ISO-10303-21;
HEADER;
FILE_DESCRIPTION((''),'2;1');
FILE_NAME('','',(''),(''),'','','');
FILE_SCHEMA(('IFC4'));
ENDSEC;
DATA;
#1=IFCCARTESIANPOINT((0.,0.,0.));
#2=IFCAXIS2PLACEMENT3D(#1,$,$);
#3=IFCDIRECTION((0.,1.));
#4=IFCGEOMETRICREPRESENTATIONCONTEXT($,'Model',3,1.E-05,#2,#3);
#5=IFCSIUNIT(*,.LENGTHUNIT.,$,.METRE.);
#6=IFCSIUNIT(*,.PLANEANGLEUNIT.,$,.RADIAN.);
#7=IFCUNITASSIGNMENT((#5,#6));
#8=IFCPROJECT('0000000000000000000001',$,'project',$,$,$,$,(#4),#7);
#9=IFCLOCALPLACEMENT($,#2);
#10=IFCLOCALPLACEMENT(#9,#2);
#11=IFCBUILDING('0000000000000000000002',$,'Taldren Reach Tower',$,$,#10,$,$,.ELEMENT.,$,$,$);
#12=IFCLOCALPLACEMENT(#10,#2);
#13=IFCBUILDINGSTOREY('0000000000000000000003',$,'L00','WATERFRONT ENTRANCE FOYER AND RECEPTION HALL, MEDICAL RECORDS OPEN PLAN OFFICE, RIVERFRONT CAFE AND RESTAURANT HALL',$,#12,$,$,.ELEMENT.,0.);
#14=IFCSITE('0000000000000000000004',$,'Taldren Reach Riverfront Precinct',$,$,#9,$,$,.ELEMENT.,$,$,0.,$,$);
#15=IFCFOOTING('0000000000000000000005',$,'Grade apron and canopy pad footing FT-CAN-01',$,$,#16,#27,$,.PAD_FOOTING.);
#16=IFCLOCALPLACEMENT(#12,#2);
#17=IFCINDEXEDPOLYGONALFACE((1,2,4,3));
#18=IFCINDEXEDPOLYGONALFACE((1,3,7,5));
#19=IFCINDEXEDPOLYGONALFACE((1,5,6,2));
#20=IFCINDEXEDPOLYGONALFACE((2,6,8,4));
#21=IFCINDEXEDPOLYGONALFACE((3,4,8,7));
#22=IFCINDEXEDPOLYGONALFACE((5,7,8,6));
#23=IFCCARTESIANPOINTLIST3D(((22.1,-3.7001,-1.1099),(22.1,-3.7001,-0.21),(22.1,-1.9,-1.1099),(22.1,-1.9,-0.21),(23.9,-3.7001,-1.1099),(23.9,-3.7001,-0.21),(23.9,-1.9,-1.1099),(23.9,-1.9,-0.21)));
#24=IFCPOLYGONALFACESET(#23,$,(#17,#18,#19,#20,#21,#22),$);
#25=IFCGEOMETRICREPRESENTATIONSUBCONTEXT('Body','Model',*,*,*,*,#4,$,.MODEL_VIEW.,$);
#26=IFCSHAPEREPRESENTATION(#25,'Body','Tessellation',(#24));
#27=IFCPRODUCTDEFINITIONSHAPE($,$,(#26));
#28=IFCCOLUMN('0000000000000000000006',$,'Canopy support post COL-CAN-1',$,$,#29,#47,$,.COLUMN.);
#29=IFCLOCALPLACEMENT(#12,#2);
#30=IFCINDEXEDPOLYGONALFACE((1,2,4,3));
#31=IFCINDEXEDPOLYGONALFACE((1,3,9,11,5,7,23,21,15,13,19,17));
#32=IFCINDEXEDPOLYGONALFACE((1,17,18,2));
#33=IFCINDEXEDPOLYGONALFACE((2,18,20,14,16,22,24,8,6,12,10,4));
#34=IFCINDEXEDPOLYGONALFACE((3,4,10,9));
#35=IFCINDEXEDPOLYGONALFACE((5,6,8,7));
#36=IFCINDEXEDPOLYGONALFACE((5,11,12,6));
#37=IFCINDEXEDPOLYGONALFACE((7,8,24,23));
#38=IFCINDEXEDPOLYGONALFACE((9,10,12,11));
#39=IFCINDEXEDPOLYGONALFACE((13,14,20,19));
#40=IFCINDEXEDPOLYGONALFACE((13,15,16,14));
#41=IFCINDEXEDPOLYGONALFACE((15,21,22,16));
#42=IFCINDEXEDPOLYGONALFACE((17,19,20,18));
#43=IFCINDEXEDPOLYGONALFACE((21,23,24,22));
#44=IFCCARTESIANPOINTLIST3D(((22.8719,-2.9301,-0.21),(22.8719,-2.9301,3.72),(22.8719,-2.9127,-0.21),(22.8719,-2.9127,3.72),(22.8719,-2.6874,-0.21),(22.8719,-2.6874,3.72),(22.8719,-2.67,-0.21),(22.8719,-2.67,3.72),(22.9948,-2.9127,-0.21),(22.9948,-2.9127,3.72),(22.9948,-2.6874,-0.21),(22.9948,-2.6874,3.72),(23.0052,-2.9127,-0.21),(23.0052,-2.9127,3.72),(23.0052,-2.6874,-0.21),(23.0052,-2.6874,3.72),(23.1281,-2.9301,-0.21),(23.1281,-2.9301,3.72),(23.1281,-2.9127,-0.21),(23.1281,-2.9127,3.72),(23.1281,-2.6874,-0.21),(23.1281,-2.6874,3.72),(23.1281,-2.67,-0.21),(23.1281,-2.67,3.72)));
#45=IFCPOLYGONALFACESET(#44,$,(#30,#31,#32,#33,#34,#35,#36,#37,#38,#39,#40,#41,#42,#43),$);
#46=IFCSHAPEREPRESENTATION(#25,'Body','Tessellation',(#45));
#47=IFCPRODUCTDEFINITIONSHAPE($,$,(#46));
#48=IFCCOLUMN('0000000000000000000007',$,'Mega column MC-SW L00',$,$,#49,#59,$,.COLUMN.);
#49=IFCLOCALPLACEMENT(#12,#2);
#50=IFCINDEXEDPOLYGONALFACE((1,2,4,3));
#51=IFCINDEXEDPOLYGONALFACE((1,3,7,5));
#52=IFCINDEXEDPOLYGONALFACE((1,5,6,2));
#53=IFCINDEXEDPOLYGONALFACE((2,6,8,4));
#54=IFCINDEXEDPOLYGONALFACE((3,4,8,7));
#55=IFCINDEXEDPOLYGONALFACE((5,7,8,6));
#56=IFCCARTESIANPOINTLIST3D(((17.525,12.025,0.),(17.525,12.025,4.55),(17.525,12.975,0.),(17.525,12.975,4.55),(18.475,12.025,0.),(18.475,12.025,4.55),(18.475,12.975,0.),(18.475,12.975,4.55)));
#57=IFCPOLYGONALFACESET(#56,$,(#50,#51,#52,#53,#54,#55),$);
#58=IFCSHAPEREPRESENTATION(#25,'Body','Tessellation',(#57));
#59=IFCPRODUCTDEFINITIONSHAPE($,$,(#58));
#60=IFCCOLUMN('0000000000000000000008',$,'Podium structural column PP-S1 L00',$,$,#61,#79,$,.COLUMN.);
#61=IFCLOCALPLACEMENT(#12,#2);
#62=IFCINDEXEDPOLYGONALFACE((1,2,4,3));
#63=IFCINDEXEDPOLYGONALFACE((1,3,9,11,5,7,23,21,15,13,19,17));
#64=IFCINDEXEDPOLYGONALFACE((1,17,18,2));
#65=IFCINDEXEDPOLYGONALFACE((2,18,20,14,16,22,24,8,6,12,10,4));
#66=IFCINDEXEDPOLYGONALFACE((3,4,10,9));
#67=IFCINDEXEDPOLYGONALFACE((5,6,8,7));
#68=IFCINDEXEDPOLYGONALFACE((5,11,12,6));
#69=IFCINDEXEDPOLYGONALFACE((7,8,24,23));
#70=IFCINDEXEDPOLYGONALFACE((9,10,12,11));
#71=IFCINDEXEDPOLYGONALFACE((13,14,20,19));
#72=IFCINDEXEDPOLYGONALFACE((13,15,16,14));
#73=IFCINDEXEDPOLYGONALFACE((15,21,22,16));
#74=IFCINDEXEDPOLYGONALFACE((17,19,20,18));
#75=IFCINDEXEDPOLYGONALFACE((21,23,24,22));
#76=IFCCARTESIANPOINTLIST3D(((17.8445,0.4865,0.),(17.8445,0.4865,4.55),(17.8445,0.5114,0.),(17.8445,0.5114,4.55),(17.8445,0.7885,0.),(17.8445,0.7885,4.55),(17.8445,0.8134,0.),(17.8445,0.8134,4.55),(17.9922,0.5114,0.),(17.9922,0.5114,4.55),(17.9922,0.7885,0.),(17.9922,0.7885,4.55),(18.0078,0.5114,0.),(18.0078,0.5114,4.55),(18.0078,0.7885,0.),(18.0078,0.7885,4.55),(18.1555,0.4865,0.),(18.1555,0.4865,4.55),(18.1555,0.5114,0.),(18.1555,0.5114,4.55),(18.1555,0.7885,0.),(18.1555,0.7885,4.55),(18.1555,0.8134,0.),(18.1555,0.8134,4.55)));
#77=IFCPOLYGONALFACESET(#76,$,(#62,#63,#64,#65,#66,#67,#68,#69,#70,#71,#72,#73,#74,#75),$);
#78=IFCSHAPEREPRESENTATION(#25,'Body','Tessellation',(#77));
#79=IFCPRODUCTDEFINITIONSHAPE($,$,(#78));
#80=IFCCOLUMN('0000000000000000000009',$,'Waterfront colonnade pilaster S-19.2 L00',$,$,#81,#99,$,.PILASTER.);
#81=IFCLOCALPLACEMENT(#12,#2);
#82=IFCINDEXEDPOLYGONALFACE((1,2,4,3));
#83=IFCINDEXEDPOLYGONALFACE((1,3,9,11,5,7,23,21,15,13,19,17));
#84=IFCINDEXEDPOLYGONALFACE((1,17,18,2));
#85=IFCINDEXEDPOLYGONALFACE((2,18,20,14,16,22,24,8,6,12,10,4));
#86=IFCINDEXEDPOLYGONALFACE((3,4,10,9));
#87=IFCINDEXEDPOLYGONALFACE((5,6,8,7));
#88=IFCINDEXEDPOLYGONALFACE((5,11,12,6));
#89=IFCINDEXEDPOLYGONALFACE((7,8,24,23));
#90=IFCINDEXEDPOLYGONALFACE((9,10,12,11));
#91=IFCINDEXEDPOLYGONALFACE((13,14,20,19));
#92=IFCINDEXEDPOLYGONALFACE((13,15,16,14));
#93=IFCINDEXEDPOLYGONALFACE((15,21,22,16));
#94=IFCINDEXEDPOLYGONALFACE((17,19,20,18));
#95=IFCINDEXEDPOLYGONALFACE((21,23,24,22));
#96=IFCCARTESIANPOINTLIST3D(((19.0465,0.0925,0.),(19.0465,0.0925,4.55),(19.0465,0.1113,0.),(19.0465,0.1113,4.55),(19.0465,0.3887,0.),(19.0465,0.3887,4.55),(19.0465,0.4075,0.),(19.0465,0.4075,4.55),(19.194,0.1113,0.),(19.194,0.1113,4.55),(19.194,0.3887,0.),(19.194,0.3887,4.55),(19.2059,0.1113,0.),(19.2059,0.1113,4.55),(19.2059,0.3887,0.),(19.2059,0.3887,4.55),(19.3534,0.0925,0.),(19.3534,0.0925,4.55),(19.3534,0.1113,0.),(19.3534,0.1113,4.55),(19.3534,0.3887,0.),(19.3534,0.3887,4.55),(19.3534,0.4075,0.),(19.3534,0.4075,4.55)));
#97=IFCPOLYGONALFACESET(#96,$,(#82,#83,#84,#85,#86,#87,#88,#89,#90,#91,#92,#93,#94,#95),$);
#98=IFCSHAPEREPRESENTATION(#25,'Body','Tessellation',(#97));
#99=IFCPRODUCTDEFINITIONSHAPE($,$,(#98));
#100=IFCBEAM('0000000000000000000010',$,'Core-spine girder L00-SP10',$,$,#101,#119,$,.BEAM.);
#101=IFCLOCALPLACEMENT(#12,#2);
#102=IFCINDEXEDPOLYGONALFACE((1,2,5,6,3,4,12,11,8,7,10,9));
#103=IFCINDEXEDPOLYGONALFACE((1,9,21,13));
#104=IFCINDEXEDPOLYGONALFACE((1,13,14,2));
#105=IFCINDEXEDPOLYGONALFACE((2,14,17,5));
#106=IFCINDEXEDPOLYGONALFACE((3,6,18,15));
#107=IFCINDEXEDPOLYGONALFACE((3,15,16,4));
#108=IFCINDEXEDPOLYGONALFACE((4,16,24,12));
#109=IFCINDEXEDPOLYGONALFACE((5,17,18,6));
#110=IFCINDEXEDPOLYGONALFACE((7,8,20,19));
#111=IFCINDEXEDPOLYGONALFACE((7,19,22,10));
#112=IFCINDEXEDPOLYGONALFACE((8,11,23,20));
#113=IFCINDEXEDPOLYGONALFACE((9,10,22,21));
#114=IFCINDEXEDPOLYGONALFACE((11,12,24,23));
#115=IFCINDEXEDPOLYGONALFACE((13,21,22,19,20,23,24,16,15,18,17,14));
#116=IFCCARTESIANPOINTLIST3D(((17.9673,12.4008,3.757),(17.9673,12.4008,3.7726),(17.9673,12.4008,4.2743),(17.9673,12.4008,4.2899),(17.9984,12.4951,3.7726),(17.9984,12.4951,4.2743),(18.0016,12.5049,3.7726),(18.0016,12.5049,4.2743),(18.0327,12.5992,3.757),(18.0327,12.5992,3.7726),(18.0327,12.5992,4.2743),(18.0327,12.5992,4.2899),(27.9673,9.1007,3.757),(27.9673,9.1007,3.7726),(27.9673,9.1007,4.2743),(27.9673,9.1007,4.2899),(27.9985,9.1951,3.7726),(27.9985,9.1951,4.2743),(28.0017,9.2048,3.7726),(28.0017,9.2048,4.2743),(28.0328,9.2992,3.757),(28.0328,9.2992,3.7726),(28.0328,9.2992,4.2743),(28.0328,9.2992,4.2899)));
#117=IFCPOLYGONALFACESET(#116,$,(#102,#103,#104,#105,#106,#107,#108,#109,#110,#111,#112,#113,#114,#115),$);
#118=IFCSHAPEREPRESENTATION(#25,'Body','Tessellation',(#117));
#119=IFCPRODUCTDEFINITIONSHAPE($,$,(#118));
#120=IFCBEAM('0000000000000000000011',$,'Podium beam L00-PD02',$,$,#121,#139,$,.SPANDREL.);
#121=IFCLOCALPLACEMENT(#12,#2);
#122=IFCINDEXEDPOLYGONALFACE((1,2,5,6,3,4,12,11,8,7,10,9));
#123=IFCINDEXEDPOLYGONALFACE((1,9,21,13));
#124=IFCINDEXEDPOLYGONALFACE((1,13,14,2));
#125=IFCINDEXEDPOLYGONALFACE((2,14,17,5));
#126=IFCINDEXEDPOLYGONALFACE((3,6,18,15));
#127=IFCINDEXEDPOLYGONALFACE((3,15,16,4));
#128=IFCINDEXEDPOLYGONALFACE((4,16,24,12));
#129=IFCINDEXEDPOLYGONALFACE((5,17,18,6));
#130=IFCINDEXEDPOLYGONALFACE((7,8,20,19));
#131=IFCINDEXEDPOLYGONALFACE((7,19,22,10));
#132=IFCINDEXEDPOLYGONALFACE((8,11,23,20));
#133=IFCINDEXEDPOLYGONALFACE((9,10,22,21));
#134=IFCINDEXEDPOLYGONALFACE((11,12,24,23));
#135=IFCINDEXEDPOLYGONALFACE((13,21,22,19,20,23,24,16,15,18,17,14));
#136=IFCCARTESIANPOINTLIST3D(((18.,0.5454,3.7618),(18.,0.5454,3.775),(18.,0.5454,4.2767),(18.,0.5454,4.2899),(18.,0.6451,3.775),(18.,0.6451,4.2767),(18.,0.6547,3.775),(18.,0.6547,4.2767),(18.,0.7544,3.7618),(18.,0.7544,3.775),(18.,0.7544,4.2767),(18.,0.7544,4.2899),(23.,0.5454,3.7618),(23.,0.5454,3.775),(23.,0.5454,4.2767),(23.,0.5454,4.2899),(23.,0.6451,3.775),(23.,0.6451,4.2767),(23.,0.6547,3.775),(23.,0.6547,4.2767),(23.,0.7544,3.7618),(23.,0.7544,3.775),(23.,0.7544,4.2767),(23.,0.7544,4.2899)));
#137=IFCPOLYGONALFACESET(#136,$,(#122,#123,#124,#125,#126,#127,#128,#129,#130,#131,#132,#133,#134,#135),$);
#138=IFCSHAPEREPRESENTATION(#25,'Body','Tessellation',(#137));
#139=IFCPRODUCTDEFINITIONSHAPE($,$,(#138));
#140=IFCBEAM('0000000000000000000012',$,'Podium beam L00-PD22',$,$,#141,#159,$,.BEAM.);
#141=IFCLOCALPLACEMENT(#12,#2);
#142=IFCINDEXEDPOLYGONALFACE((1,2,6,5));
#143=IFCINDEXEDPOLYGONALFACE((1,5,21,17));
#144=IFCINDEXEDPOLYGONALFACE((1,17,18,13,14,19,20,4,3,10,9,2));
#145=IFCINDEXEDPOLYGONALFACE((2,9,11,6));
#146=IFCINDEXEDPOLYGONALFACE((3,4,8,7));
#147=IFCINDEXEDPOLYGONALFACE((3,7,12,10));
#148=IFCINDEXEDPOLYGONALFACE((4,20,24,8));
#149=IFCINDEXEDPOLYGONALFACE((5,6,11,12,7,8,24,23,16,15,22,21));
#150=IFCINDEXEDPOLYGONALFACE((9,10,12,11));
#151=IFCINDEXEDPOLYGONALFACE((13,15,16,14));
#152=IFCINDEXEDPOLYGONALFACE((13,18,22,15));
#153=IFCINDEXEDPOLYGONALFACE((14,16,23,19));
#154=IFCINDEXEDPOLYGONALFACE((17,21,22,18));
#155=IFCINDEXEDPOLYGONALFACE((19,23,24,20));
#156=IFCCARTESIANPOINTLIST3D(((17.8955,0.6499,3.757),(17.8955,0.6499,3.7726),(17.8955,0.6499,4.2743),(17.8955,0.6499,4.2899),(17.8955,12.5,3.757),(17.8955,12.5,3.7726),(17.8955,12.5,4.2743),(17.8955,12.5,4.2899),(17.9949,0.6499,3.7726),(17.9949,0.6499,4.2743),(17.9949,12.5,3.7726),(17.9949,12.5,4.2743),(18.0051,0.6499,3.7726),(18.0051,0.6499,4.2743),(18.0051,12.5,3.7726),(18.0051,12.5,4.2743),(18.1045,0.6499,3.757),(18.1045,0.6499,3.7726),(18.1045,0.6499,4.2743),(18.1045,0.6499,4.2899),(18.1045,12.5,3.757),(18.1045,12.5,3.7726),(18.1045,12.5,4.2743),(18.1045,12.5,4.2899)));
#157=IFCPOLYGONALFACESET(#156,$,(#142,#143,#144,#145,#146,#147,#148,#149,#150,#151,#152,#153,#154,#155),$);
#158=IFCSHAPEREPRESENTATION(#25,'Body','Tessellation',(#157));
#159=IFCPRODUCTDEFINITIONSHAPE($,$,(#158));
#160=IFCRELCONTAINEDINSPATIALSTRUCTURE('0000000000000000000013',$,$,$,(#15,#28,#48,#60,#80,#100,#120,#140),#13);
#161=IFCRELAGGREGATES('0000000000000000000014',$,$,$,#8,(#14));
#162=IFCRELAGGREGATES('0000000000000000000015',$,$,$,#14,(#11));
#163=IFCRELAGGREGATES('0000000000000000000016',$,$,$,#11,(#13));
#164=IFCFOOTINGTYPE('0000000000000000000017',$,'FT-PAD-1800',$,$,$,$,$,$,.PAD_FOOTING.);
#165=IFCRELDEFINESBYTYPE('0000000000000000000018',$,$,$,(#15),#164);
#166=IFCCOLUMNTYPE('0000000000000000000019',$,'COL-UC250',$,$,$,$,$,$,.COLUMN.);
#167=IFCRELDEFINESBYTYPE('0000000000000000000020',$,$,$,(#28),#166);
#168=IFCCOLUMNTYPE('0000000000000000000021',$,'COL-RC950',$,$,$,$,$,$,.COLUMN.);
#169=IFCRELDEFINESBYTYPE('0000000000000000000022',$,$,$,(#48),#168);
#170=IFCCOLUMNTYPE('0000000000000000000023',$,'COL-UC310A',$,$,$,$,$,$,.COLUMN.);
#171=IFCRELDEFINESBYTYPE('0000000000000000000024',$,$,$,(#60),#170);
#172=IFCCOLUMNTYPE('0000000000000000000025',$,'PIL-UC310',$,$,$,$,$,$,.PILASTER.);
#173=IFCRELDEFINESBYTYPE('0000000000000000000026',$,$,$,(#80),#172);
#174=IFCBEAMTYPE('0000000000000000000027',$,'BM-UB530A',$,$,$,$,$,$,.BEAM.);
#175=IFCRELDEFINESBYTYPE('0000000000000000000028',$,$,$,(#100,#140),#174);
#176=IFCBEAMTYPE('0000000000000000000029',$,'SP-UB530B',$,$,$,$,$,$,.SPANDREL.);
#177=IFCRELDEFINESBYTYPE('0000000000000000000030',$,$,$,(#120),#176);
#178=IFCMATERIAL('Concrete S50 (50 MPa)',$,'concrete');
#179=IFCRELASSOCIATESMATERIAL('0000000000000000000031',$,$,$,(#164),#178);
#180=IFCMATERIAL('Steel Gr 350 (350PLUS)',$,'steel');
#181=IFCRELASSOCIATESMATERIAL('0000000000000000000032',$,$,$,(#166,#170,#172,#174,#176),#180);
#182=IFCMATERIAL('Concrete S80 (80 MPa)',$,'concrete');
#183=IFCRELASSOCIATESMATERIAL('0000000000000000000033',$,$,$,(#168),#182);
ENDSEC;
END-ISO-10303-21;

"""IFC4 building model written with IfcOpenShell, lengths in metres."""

from ifc_helpers import new_model, si_unit, direction, frame, origin, origin_2d, place, context, subcontext, project, spatial, rectangle, i_section, extrude, source, transform, mapped, material, material_profile, profile_set, type_object, element, save


model = new_model("IFC4")

# Units and contexts
model_context = context("Model", 3, precision=1e-05, world=origin(), true_north=direction((0.0, 1.0)))
body_context = subcontext(model_context, "Body", "Model", "MODEL_VIEW")
ifc_project = project(units=[si_unit("LENGTHUNIT", "METRE"), si_unit("PLANEANGLEUNIT", "RADIAN")], contexts=[model_context])

# Site, building, storey
site_placement = place(None, origin())
site = spatial("IfcSite", under=ifc_project, at=site_placement, Name="Taldren Reach Riverfront Precinct", CompositionType="ELEMENT", RefElevation=0.0)
building_placement = place(site_placement, origin())
building = spatial("IfcBuilding", under=site, at=building_placement, Name="Taldren Reach Tower", CompositionType="ELEMENT")
storey_placement = place(building_placement, origin())
storey = spatial("IfcBuildingStorey", under=building, at=storey_placement, Name="L00", Description="WATERFRONT ENTRANCE FOYER AND RECEPTION HALL, MEDICAL RECORDS OPEN PLAN OFFICE, RIVERFRONT CAFE AND RESTAURANT HALL", CompositionType="ELEMENT", Elevation=0.0)

# Footing
ifc_material_1 = material(Name="Concrete S50 (50 MPa)", Category="concrete")
footing_type = type_object("IfcFootingType", Name="FT-PAD-1800", PredefinedType="PAD_FOOTING", material=ifc_material_1)
shared_shape_1 = source(origin(), body_context, "Body", "SweptSolid", [
    extrude(rectangle(XDim=1.8, YDim=1.8, at=origin_2d()), origin(), (0.0, 0.0, 1.0), 0.8999),
])
footing_placement = place(storey_placement, frame((23.0, -2.8, -1.1099), z_axis=(0.0, 0.0, 1.0), x_axis=(1.0, 0.0, 0.0)))
element("IfcFooting", 1, at=footing_placement, inside=storey, type_object=footing_type, Name="Grade apron and canopy pad footing FT-CAN-01", PredefinedType="PAD_FOOTING", context=body_context, shape_type="MappedRepresentation", body=[
    mapped(shared_shape_1, transform((0.0, 0.0, 0.0), scale=1.0)),
])

# Columns
ifc_material_2 = material(Name="Steel Gr 350 (350PLUS)", Category="steel")
ifc_material_profile_1 = material_profile(ifc_material_2, i_section(OverallWidth=0.2561, OverallDepth=0.26, WebThickness=0.0105, FlangeThickness=0.0173, at=origin_2d()), Name="250UC89.5")
ifc_profile_set_1 = profile_set([ifc_material_profile_1], Name="Steel Gr 350 (350PLUS)")
column_type_1 = type_object("IfcColumnType", Name="COL-UC250", PredefinedType="COLUMN", material=ifc_profile_set_1)
shared_shape_2 = source(origin(), body_context, "Body", "SweptSolid", [
    extrude(i_section(OverallWidth=0.2561, OverallDepth=0.26, WebThickness=0.0105, FlangeThickness=0.0173, at=origin_2d()), origin(), (0.0, 0.0, 1.0), 3.9299),
])
column_1_placement = place(storey_placement, frame((23.0, -2.8, -0.21), z_axis=(0.0, 0.0, 1.0), x_axis=(1.0, 0.0, 0.0)))
element("IfcColumn", 2, at=column_1_placement, inside=storey, type_object=column_type_1, Name="Canopy support post COL-CAN-1", PredefinedType="COLUMN", context=body_context, shape_type="MappedRepresentation", body=[
    mapped(shared_shape_2, transform((0.0, 0.0, 0.0), scale=1.0)),
])
ifc_material_3 = material(Name="Concrete S80 (80 MPa)", Category="concrete")
ifc_material_profile_2 = material_profile(ifc_material_3, rectangle(XDim=0.95, YDim=0.95, at=origin_2d()), Name="RC-950x950")
ifc_profile_set_2 = profile_set([ifc_material_profile_2], Name="Concrete S80 (80 MPa)")
column_type_2 = type_object("IfcColumnType", Name="COL-RC950", PredefinedType="COLUMN", material=ifc_profile_set_2)
shared_shape_3 = source(origin(), body_context, "Body", "SweptSolid", [
    extrude(rectangle(XDim=0.95, YDim=0.95, at=origin_2d()), origin(), (0.0, 0.0, 1.0), 4.55),
])
column_2_placement = place(storey_placement, frame((18.0, 12.5, 0.0), z_axis=(0.0, 0.0, 1.0), x_axis=(1.0, 0.0, 0.0)))
element("IfcColumn", 3, at=column_2_placement, inside=storey, type_object=column_type_2, Name="Mega column MC-SW L00", PredefinedType="COLUMN", context=body_context, shape_type="MappedRepresentation", body=[
    mapped(shared_shape_3, transform((0.0, 0.0, 0.0), scale=1.0)),
])
ifc_material_profile_3 = material_profile(ifc_material_2, i_section(OverallWidth=0.311, OverallDepth=0.3269, WebThickness=0.0156, FlangeThickness=0.0249, at=origin_2d()), Name="310UC158")
ifc_profile_set_3 = profile_set([ifc_material_profile_3], Name="Steel Gr 350 (350PLUS)")
column_type_3 = type_object("IfcColumnType", Name="COL-UC310A", PredefinedType="COLUMN", material=ifc_profile_set_3)
shared_shape_4 = source(origin(), body_context, "Body", "SweptSolid", [
    extrude(i_section(OverallWidth=0.311, OverallDepth=0.3269, WebThickness=0.0156, FlangeThickness=0.0249, at=origin_2d()), origin(), (0.0, 0.0, 1.0), 4.55),
])
column_3_placement = place(storey_placement, frame((18.0, 0.6499, 0.0), z_axis=(0.0, 0.0, 1.0), x_axis=(1.0, 0.0, 0.0)))
element("IfcColumn", 4, at=column_3_placement, inside=storey, type_object=column_type_3, Name="Podium structural column PP-S1 L00", PredefinedType="COLUMN", context=body_context, shape_type="MappedRepresentation", body=[
    mapped(shared_shape_4, transform((0.0, 0.0, 0.0), scale=1.0)),
])
ifc_material_profile_4 = material_profile(ifc_material_2, i_section(OverallWidth=0.3069, OverallDepth=0.3149, WebThickness=0.012, FlangeThickness=0.0188, at=origin_2d()), Name="310UC118")
ifc_profile_set_4 = profile_set([ifc_material_profile_4], Name="Steel Gr 350 (350PLUS)")
column_type_4 = type_object("IfcColumnType", Name="PIL-UC310", PredefinedType="PILASTER", material=ifc_profile_set_4)
shared_shape_5 = source(origin(), body_context, "Body", "SweptSolid", [
    extrude(i_section(OverallWidth=0.3069, OverallDepth=0.3149, WebThickness=0.012, FlangeThickness=0.0188, at=origin_2d()), origin(), (0.0, 0.0, 1.0), 4.55),
])
column_4_placement = place(storey_placement, frame((19.2, 0.25, 0.0), z_axis=(0.0, 0.0, 1.0), x_axis=(1.0, 0.0, 0.0)))
element("IfcColumn", 5, at=column_4_placement, inside=storey, type_object=column_type_4, Name="Waterfront colonnade pilaster S-19.2 L00", PredefinedType="PILASTER", context=body_context, shape_type="MappedRepresentation", body=[
    mapped(shared_shape_5, transform((0.0, 0.0, 0.0), scale=1.0)),
])

# Beams
ifc_material_profile_5 = material_profile(ifc_material_2, i_section(OverallWidth=0.209, OverallDepth=0.533, WebThickness=0.0103, FlangeThickness=0.0156, at=origin_2d()), Name="530UB92.4")
ifc_profile_set_5 = profile_set([ifc_material_profile_5], Name="Steel Gr 350 (350PLUS)")
beam_type_1 = type_object("IfcBeamType", Name="BM-UB530A", PredefinedType="BEAM", material=ifc_profile_set_5)
shared_shape_6 = source(origin(), body_context, "Body", "SweptSolid", [
    extrude(i_section(OverallWidth=0.209, OverallDepth=0.533, WebThickness=0.0103, FlangeThickness=0.0156, at=origin_2d()), origin(), (0.0, 0.0, 1.0), 10.5305),
])
beam_1_placement = place(storey_placement, frame((18.0, 12.5, 4.0234), z_axis=(0.949627, -0.313382, 0.0), x_axis=(0.313382, 0.949627, 0.0)))
element("IfcBeam", 6, at=beam_1_placement, inside=storey, type_object=beam_type_1, Name="Core-spine girder L00-SP10", PredefinedType="BEAM", context=body_context, shape_type="MappedRepresentation", body=[
    mapped(shared_shape_6, transform((0.0, 0.0, 0.0), scale=1.0)),
])
ifc_material_profile_6 = material_profile(ifc_material_2, i_section(OverallWidth=0.209, OverallDepth=0.5281, WebThickness=0.0095, FlangeThickness=0.0132, at=origin_2d()), Name="530UB82.0")
ifc_profile_set_6 = profile_set([ifc_material_profile_6], Name="Steel Gr 350 (350PLUS)")
beam_type_2 = type_object("IfcBeamType", Name="SP-UB530B", PredefinedType="SPANDREL", material=ifc_profile_set_6)
shared_shape_7 = source(origin(), body_context, "Body", "SweptSolid", [
    extrude(i_section(OverallWidth=0.209, OverallDepth=0.5281, WebThickness=0.0095, FlangeThickness=0.0132, at=origin_2d()), origin(), (0.0, 0.0, 1.0), 5.0),
])
beam_2_placement = place(storey_placement, frame((18.0, 0.6499, 4.0259), z_axis=(1.0, 0.0, 0.0), x_axis=(0.0, 1.0, 0.0)))
element("IfcBeam", 7, at=beam_2_placement, inside=storey, type_object=beam_type_2, Name="Podium beam L00-PD02", PredefinedType="SPANDREL", context=body_context, shape_type="MappedRepresentation", body=[
    mapped(shared_shape_7, transform((0.0, 0.0, 0.0), scale=1.0)),
])
shared_shape_8 = source(origin(), body_context, "Body", "SweptSolid", [
    extrude(i_section(OverallWidth=0.209, OverallDepth=0.533, WebThickness=0.0103, FlangeThickness=0.0156, at=origin_2d()), origin(), (0.0, 0.0, 1.0), 11.8501),
])
beam_3_placement = place(storey_placement, frame((18.0, 0.6499, 4.0234), z_axis=(0.0, 1.0, 0.0), x_axis=(-1.0, 0.0, 0.0)))
element("IfcBeam", 8, at=beam_3_placement, inside=storey, type_object=beam_type_1, Name="Podium beam L00-PD22", PredefinedType="BEAM", context=body_context, shape_type="MappedRepresentation", body=[
    mapped(shared_shape_8, transform((0.0, 0.0, 0.0), scale=1.0)),
])

save(model, "model.ifc")
